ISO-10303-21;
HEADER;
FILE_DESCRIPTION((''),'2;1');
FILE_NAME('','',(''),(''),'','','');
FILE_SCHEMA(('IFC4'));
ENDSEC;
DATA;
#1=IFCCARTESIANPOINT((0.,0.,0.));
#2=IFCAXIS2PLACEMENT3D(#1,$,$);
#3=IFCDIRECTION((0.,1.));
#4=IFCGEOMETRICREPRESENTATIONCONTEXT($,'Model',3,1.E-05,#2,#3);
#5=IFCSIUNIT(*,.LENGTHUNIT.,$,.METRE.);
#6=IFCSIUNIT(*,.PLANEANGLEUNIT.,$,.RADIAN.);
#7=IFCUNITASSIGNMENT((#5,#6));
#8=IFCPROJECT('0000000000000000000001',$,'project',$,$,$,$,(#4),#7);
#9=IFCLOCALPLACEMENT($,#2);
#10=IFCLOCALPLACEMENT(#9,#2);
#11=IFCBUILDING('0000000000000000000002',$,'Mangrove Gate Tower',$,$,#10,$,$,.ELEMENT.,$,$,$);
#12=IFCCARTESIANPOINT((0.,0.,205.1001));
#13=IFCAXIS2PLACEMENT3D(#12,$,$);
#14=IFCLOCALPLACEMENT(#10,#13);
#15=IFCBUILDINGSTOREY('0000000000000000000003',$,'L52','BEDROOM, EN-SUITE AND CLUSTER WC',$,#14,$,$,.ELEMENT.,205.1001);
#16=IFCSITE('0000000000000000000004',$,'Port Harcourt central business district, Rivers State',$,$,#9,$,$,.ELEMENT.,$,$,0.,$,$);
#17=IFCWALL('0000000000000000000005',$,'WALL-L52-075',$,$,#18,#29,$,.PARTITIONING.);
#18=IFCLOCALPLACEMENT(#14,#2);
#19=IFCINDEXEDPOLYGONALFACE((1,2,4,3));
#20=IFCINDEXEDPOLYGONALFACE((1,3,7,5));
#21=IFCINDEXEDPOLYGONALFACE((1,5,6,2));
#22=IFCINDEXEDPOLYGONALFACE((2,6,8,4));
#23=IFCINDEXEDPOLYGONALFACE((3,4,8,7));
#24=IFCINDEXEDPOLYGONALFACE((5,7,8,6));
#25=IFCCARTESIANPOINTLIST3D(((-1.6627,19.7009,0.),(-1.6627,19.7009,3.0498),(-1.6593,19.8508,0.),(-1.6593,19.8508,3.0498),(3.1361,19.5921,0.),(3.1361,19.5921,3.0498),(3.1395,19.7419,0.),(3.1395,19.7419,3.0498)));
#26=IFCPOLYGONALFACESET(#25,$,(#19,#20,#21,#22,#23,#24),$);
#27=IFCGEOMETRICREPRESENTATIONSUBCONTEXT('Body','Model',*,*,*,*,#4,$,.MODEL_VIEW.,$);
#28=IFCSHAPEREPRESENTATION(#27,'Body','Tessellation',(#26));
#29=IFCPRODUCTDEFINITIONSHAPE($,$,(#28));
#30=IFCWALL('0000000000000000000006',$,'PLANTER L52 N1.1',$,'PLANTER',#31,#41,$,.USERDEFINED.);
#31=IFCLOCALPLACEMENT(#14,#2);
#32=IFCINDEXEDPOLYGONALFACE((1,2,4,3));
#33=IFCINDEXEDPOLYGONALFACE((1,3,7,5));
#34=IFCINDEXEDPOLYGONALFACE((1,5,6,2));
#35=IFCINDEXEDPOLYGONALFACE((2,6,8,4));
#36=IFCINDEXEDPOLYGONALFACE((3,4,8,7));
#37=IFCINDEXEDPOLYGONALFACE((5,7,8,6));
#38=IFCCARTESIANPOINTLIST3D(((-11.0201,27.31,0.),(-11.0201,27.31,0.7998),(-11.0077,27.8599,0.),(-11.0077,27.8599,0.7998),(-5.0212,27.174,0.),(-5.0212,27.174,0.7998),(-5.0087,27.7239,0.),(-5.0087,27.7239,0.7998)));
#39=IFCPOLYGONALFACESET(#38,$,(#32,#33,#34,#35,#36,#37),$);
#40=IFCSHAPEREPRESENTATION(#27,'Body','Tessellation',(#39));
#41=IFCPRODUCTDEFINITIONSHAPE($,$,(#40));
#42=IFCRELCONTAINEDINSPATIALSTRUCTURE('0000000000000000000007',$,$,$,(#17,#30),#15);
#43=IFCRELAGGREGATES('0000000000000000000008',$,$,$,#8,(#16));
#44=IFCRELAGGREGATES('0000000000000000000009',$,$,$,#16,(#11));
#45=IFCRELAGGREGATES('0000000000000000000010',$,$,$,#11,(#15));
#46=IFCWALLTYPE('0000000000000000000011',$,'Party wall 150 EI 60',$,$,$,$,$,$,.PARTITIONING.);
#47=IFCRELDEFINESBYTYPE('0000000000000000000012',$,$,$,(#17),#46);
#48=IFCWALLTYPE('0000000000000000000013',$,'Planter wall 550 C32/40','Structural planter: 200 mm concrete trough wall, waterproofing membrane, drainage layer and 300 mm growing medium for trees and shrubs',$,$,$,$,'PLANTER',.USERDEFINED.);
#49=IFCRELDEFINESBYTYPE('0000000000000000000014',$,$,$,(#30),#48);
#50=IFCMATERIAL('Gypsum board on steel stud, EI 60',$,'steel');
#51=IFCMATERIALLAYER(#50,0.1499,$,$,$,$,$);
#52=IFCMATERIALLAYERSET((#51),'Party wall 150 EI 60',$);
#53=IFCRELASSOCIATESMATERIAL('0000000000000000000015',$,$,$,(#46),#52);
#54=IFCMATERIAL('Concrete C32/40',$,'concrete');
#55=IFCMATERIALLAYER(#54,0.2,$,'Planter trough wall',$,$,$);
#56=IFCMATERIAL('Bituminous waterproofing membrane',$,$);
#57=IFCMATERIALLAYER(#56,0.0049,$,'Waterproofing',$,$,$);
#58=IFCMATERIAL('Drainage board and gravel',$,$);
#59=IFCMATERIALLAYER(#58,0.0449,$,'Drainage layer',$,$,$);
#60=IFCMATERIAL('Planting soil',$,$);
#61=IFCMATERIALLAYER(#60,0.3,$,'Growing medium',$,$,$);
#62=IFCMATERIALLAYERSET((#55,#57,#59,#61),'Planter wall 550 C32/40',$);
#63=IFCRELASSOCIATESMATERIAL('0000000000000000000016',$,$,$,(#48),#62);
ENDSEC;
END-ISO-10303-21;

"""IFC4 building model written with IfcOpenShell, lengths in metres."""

from ifc_helpers import new_model, si_unit, direction, frame, frame_2d, origin, place, context, subcontext, project, spatial, rectangle, extrude, material, layer, layer_set, type_object, element, save


model = new_model("IFC4")

# Units and contexts
model_context = context("Model", 3, precision=1e-05, world=origin(), true_north=direction((0.0, 1.0)))
body_context = subcontext(model_context, "Body", "Model", "MODEL_VIEW")
ifc_project = project(units=[si_unit("LENGTHUNIT", "METRE"), si_unit("PLANEANGLEUNIT", "RADIAN")], contexts=[model_context])

# Site, building, storey
site_placement = place(None, origin())
site = spatial("IfcSite", under=ifc_project, at=site_placement, Name="Port Harcourt central business district, Rivers State", CompositionType="ELEMENT", RefElevation=0.0)
building_placement = place(site_placement, origin())
building = spatial("IfcBuilding", under=site, at=building_placement, Name="Mangrove Gate Tower", CompositionType="ELEMENT")
storey_placement = place(building_placement, frame((0.0, 0.0, 205.1001)))
storey = spatial("IfcBuildingStorey", under=building, at=storey_placement, Name="L52", Description="BEDROOM, EN-SUITE AND CLUSTER WC", CompositionType="ELEMENT", Elevation=205.1001)

# Shared definitions
ifc_material_1 = material(Name="Gypsum board on steel stud, EI 60", Category="steel")
ifc_layer_1 = layer(ifc_material_1, 0.1499)
ifc_layer_set_1 = layer_set([ifc_layer_1], Name="Party wall 150 EI 60")
wall_type_1 = type_object("IfcWallType", Name="Party wall 150 EI 60", PredefinedType="PARTITIONING", material=ifc_layer_set_1)

# Walls
for number, where, z_axis, x_axis, name in (
    (1, (-1.6609, 19.7759, 0.0), (0.0, 0.0, 1.0), (0.999743, -0.022684, 0.0), "WALL-L52-075"),
):
    element("IfcWall", number, at=place(storey_placement, frame(where, z_axis=z_axis, x_axis=x_axis)), inside=storey, type_object=wall_type_1, Name=name, PredefinedType="PARTITIONING", context=body_context, shape_type="SweptSolid", body=[
        extrude(rectangle(XDim=4.8, YDim=0.1499, at=frame_2d((2.3999, 0.0))), origin(), (0.0, 0.0, 1.0), 3.0498),
    ])
ifc_material_2 = material(Name="Concrete C32/40", Category="concrete")
ifc_layer_2 = layer(ifc_material_2, 0.2, Name="Planter trough wall")
ifc_material_3 = material(Name="Bituminous waterproofing membrane")
ifc_layer_3 = layer(ifc_material_3, 0.0049, Name="Waterproofing")
ifc_material_4 = material(Name="Drainage board and gravel")
ifc_layer_4 = layer(ifc_material_4, 0.0449, Name="Drainage layer")
ifc_material_5 = material(Name="Planting soil")
ifc_layer_5 = layer(ifc_material_5, 0.3, Name="Growing medium")
ifc_layer_set_2 = layer_set([ifc_layer_2, ifc_layer_3, ifc_layer_4, ifc_layer_5], Name="Planter wall 550 C32/40")
wall_type_2 = type_object("IfcWallType", Name="Planter wall 550 C32/40", Description="Structural planter: 200 mm concrete trough wall, waterproofing membrane, drainage layer and 300 mm growing medium for trees and shrubs", ElementType="PLANTER", PredefinedType="USERDEFINED", material=ifc_layer_set_2)
wall_1_placement = place(storey_placement, frame((-11.0139, 27.585, 0.0), z_axis=(0.0, 0.0, 1.0), x_axis=(0.999743, -0.022662, 0.0)))
element("IfcWall", 2, at=wall_1_placement, inside=storey, type_object=wall_type_2, Name="PLANTER L52 N1.1", ObjectType="PLANTER", PredefinedType="USERDEFINED", context=body_context, shape_type="SweptSolid", body=[
    extrude(rectangle(XDim=6.0005, YDim=0.55, at=frame_2d((3.0002, 0.0))), origin(), (0.0, 0.0, 1.0), 0.7998),
])

save(model, "model.ifc")
